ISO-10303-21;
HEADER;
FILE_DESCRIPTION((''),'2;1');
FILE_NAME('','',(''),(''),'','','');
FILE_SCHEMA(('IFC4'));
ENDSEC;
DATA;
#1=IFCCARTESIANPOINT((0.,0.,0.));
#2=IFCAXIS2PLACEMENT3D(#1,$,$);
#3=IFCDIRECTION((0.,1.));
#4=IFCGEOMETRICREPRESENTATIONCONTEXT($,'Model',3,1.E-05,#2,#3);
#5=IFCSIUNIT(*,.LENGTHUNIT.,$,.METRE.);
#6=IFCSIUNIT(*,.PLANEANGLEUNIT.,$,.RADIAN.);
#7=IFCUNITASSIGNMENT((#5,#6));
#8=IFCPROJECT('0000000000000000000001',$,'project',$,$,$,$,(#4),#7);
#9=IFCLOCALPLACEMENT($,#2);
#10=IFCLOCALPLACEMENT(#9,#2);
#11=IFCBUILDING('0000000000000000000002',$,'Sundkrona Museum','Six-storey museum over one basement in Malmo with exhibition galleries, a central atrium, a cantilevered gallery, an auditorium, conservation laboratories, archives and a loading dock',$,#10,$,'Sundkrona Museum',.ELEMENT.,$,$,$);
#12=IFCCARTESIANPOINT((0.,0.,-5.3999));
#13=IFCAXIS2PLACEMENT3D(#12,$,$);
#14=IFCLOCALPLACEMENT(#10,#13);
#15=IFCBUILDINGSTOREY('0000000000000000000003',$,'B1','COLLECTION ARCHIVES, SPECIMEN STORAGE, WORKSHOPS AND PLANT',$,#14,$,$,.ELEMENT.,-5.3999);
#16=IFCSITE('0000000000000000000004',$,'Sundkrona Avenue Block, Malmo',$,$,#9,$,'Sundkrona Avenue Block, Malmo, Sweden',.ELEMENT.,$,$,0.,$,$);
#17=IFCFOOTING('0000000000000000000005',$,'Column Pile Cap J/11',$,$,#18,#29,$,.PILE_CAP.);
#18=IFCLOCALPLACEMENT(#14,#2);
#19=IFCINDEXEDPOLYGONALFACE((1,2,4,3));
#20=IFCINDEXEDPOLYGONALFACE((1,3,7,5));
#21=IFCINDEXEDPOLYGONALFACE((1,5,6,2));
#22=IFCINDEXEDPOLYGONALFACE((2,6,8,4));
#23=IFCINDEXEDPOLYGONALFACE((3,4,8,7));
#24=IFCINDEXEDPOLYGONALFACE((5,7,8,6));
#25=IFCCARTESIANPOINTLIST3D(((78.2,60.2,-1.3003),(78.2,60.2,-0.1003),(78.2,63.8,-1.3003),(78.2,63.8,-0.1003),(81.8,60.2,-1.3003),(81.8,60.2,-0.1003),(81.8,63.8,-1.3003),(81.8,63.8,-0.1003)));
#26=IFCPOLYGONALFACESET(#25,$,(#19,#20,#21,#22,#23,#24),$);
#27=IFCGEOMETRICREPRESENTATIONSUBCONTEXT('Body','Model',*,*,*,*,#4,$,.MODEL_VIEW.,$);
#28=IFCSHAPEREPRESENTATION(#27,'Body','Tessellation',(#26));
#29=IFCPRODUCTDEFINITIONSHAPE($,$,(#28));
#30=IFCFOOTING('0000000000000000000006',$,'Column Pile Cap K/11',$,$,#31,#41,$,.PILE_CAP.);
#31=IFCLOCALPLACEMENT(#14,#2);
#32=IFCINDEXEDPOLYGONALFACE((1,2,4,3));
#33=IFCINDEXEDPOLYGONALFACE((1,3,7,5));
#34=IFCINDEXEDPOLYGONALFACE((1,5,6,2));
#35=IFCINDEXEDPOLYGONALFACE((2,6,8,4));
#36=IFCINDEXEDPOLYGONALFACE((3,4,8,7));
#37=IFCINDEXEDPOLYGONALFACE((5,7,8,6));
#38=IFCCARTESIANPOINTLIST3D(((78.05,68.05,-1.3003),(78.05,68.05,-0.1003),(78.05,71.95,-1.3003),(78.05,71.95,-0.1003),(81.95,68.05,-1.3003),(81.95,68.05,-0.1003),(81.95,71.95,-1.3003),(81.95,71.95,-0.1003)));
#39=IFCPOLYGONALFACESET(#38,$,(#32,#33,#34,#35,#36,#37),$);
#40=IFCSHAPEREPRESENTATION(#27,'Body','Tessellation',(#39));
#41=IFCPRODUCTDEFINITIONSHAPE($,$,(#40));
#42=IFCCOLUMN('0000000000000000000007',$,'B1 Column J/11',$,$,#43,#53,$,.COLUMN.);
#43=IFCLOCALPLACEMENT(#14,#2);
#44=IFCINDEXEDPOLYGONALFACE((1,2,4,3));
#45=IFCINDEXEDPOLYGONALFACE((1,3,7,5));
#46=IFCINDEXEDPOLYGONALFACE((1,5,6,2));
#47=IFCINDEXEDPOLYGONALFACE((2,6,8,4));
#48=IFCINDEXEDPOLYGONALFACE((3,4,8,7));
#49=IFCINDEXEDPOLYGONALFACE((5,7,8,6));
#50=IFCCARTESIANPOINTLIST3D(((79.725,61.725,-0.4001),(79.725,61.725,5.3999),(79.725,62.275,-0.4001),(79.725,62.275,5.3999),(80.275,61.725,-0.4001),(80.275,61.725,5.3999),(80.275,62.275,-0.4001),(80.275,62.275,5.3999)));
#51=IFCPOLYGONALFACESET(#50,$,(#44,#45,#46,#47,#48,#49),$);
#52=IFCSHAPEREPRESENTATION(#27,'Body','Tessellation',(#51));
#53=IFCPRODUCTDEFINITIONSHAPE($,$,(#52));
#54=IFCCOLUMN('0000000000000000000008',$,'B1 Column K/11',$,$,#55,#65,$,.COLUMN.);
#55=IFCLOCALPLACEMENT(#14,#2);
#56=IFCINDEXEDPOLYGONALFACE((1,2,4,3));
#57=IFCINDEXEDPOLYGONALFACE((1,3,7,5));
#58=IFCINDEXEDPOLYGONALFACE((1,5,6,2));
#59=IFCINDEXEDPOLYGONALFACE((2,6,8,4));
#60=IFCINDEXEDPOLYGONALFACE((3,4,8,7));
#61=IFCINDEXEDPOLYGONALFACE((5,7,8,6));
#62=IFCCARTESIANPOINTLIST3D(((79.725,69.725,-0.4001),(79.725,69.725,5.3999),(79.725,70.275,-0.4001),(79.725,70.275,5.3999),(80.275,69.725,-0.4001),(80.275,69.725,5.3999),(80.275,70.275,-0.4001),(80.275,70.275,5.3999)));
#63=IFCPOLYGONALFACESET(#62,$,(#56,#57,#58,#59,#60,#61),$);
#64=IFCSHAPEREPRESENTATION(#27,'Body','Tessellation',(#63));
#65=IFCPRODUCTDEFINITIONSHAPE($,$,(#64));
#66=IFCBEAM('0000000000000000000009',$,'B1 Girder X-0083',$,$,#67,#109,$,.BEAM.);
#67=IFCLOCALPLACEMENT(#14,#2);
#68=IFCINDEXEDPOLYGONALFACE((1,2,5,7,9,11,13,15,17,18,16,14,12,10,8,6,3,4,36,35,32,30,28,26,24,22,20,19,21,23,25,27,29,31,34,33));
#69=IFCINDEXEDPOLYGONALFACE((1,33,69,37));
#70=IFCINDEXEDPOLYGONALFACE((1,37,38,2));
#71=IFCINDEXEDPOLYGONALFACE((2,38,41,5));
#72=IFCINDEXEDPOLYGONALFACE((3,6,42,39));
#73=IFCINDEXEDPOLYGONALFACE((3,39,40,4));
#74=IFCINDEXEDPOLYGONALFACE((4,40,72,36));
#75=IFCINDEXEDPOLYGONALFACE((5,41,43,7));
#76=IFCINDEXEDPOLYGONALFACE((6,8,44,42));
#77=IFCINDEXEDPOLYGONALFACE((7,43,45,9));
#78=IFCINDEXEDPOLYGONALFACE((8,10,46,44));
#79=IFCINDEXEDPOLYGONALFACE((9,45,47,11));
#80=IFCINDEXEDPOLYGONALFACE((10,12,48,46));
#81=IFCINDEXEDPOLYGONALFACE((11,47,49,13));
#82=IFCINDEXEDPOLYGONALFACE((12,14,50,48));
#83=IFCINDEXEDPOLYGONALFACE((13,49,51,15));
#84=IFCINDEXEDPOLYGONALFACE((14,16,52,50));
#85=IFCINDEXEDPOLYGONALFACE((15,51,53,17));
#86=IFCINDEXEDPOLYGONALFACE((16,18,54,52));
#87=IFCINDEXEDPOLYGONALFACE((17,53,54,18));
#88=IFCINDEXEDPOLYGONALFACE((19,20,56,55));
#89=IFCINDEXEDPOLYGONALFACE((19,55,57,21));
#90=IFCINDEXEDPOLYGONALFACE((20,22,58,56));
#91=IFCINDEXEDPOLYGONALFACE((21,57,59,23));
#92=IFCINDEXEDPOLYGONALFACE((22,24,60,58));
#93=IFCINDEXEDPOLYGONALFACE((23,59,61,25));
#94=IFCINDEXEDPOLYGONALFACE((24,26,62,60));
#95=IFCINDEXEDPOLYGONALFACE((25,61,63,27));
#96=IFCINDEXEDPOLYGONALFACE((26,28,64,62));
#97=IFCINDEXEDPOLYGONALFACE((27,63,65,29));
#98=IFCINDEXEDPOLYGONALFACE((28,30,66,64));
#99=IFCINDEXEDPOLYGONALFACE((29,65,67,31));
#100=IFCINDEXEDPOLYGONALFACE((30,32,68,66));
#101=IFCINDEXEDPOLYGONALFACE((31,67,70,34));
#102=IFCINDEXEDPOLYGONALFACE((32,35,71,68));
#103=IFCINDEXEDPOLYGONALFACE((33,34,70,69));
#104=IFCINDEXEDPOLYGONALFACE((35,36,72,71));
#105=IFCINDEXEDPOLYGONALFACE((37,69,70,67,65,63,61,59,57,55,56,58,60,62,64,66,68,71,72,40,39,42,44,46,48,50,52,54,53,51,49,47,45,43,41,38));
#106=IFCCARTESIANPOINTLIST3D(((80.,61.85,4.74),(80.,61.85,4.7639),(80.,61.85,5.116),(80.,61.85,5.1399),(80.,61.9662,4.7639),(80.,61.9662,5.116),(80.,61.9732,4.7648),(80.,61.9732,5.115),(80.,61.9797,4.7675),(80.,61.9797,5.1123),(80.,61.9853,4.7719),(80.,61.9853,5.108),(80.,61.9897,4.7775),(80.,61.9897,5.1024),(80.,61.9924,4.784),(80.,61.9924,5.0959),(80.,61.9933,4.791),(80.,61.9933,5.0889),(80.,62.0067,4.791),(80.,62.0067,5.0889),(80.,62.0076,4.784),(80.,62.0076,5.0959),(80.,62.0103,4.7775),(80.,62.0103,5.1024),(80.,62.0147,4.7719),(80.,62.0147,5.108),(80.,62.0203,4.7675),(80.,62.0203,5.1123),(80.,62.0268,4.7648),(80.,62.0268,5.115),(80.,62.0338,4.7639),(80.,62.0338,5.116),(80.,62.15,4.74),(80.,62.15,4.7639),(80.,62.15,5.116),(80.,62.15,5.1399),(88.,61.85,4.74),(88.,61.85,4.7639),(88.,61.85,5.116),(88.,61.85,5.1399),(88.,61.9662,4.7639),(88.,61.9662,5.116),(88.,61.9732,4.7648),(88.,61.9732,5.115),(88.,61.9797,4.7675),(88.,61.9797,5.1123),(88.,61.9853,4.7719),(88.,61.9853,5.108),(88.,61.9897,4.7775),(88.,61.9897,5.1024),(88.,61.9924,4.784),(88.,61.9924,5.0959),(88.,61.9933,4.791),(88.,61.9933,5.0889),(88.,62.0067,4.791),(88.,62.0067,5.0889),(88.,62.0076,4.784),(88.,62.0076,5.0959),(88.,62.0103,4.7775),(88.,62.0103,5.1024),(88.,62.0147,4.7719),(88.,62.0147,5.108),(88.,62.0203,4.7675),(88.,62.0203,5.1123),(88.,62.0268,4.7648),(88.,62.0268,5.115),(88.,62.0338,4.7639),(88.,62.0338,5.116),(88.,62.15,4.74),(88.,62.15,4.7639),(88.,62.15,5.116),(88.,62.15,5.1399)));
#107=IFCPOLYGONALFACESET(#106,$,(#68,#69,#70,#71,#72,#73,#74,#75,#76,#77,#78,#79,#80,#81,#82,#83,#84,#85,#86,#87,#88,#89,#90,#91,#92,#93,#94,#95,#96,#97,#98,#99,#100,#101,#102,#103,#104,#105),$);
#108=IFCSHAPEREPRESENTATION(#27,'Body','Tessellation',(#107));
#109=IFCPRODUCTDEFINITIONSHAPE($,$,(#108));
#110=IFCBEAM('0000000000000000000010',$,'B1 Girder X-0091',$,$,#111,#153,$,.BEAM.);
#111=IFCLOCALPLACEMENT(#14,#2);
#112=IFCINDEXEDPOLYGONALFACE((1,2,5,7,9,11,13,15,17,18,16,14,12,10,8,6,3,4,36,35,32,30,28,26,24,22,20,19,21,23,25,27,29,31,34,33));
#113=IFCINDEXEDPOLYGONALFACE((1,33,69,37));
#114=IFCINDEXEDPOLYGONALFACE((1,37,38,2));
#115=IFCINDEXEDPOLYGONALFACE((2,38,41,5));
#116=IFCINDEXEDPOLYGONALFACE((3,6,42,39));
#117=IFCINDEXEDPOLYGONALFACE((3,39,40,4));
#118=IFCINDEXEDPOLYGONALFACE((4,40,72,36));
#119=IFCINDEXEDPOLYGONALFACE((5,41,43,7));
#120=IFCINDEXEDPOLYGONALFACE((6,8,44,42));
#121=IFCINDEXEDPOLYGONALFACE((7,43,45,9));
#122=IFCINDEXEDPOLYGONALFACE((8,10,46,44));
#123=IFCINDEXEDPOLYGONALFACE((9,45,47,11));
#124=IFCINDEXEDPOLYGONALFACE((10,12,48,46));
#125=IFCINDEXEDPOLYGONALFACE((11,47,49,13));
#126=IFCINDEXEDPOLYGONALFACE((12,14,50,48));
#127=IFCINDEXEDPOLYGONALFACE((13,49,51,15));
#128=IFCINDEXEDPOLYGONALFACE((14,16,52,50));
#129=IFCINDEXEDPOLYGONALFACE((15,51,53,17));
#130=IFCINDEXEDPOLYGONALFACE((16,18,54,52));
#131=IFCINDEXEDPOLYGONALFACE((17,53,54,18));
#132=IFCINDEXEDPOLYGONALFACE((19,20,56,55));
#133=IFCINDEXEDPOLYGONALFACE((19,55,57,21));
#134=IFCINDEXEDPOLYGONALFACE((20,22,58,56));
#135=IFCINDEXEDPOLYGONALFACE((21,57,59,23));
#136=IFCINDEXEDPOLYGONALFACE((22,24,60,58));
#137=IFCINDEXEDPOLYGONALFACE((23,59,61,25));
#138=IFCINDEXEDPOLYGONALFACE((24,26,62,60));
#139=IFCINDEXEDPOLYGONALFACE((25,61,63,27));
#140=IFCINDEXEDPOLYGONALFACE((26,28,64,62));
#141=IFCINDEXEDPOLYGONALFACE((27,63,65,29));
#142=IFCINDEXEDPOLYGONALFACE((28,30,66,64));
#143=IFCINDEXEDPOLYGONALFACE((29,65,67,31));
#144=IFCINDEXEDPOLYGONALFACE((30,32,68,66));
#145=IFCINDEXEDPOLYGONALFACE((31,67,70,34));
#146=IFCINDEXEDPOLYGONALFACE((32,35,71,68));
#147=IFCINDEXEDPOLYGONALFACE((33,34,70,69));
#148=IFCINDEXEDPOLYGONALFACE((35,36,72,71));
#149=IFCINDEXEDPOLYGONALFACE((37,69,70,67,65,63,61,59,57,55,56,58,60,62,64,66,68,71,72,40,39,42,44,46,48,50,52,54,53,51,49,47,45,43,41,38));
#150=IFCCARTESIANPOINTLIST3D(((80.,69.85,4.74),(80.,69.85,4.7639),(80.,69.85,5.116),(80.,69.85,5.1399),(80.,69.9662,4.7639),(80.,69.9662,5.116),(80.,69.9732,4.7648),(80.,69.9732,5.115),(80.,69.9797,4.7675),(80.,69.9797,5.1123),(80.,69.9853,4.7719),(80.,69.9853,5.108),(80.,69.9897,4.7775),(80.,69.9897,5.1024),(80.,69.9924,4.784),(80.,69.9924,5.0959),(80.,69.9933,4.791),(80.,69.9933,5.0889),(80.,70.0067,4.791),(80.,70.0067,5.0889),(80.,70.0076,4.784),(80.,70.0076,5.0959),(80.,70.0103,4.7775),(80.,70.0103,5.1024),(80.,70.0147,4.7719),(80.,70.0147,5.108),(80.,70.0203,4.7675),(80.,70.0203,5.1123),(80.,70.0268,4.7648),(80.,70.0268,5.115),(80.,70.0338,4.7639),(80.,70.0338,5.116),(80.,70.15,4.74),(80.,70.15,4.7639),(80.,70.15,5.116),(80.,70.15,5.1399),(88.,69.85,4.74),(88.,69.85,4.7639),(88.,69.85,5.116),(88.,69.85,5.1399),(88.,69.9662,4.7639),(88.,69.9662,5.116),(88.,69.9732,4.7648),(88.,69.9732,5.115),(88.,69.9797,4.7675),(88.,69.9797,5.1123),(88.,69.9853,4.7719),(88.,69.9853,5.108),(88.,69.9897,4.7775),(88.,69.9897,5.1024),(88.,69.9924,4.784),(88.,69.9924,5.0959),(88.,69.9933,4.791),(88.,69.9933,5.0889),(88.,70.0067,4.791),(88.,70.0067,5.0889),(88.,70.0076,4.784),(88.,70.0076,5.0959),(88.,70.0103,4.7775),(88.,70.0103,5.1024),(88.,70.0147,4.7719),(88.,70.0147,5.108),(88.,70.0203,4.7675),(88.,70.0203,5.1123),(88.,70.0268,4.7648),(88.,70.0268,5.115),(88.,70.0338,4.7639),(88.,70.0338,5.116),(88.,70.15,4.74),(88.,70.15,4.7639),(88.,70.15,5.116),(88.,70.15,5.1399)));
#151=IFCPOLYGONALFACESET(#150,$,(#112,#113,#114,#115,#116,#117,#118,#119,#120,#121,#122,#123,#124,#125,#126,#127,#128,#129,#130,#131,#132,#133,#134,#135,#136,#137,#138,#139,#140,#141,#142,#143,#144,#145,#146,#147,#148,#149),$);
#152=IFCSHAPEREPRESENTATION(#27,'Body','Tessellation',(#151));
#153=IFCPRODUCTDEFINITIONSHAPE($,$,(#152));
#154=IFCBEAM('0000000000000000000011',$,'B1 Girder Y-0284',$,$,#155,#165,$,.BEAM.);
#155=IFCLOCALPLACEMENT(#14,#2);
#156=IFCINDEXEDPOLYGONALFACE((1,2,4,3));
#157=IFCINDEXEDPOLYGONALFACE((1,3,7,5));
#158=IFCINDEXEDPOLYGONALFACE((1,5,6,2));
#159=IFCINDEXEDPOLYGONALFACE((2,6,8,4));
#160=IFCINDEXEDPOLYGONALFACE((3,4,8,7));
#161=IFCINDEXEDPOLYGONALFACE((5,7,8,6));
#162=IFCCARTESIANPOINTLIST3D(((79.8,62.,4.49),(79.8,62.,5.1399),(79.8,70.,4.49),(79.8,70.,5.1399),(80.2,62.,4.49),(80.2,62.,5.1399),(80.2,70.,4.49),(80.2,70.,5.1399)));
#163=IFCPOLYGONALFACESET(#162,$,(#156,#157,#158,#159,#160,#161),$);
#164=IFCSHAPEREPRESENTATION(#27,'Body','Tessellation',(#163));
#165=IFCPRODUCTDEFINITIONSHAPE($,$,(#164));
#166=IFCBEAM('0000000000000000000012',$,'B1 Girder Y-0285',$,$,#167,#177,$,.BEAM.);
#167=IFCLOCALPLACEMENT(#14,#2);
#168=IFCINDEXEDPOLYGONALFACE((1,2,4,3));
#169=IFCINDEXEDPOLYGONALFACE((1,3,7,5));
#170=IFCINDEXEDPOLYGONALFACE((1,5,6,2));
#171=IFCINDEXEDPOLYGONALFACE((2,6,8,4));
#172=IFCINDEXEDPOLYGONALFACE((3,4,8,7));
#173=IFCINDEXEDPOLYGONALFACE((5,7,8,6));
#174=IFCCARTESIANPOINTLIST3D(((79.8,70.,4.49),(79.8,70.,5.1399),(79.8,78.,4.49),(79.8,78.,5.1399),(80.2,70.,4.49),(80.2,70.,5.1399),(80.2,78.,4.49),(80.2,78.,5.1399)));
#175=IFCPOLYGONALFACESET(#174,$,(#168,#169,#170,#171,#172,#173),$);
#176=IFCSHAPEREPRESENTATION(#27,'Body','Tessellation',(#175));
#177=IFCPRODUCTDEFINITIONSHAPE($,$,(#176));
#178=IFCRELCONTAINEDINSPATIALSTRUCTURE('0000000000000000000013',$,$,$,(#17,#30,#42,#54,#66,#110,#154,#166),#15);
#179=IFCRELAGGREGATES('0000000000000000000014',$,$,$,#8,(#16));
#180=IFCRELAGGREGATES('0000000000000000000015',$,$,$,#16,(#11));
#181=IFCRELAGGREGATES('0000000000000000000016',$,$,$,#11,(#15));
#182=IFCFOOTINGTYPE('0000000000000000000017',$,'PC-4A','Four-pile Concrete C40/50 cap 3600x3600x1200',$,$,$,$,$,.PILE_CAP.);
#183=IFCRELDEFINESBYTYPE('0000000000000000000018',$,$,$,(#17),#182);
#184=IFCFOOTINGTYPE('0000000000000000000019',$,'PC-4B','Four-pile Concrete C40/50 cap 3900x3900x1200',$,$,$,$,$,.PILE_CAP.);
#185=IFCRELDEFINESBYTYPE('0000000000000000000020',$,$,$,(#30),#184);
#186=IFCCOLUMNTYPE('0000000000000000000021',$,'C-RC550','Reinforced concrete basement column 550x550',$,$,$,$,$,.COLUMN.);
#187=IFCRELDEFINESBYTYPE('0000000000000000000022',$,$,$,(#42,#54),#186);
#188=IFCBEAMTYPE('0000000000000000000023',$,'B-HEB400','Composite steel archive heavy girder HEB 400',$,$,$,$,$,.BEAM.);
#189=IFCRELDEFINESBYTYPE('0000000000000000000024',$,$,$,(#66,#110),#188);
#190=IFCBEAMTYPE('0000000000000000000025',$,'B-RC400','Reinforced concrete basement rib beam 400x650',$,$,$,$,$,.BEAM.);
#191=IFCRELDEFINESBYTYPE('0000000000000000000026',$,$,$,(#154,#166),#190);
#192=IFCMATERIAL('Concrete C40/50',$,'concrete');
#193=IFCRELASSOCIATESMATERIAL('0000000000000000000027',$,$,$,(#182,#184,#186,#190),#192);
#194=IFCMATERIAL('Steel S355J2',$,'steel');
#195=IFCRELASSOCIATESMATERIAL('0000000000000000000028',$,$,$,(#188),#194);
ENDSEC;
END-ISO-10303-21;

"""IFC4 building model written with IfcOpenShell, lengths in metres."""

from ifc_helpers import new_model, si_unit, direction, frame, origin, origin_2d, place, context, subcontext, project, spatial, rectangle, i_section, extrude, material, material_profile, profile_set, type_object, element, save


model = new_model("IFC4")

# Units and contexts
model_context = context("Model", 3, precision=1e-05, world=origin(), true_north=direction((0.0, 1.0)))
body_context = subcontext(model_context, "Body", "Model", "MODEL_VIEW")
ifc_project = project(units=[si_unit("LENGTHUNIT", "METRE"), si_unit("PLANEANGLEUNIT", "RADIAN")], contexts=[model_context])

# Site, building, storey
site_placement = place(None, origin())
site = spatial("IfcSite", under=ifc_project, at=site_placement, Name="Sundkrona Avenue Block, Malmo", LongName="Sundkrona Avenue Block, Malmo, Sweden", CompositionType="ELEMENT", RefElevation=0.0)
building_placement = place(site_placement, origin())
building = spatial("IfcBuilding", under=site, at=building_placement, Name="Sundkrona Museum", Description="Six-storey museum over one basement in Malmo with exhibition galleries, a central atrium, a cantilevered gallery, an auditorium, conservation laboratories, archives and a loading dock", LongName="Sundkrona Museum", CompositionType="ELEMENT")
storey_placement = place(building_placement, frame((0.0, 0.0, -5.3999)))
storey = spatial("IfcBuildingStorey", under=building, at=storey_placement, Name="B1", Description="COLLECTION ARCHIVES, SPECIMEN STORAGE, WORKSHOPS AND PLANT", CompositionType="ELEMENT", Elevation=-5.3999)

# Shared definitions
ifc_material_1 = material(Name="Concrete C40/50", Category="concrete")

# Footings
footing_type_1 = type_object("IfcFootingType", Name="PC-4A", Description="Four-pile Concrete C40/50 cap 3600x3600x1200", PredefinedType="PILE_CAP", material=ifc_material_1)
footing_1_placement = place(storey_placement, frame((80.0, 62.0, -1.3003), z_axis=(0.0, 0.0, 1.0), x_axis=(1.0, 0.0, 0.0)))
element("IfcFooting", 1, at=footing_1_placement, inside=storey, type_object=footing_type_1, Name="Column Pile Cap J/11", PredefinedType="PILE_CAP", context=body_context, shape_type="SweptSolid", body=[
    extrude(rectangle(XDim=3.6001, YDim=3.6001, at=origin_2d()), origin(), (0.0, 0.0, 1.0), 1.2),
])
footing_type_2 = type_object("IfcFootingType", Name="PC-4B", Description="Four-pile Concrete C40/50 cap 3900x3900x1200", PredefinedType="PILE_CAP", material=ifc_material_1)
footing_2_placement = place(storey_placement, frame((80.0, 70.0, -1.3003), z_axis=(0.0, 0.0, 1.0), x_axis=(1.0, 0.0, 0.0)))
element("IfcFooting", 2, at=footing_2_placement, inside=storey, type_object=footing_type_2, Name="Column Pile Cap K/11", PredefinedType="PILE_CAP", context=body_context, shape_type="SweptSolid", body=[
    extrude(rectangle(XDim=3.8999, YDim=3.8999, at=origin_2d()), origin(), (0.0, 0.0, 1.0), 1.2),
])

# Columns
ifc_material_profile_1 = material_profile(ifc_material_1, rectangle(XDim=0.55, YDim=0.55, at=origin_2d()), Name="RC 550x550")
ifc_profile_set_1 = profile_set([ifc_material_profile_1], Name="Concrete C40/50")
column_type = type_object("IfcColumnType", Name="C-RC550", Description="Reinforced concrete basement column 550x550", PredefinedType="COLUMN", material=ifc_profile_set_1)
for number, where, z_axis, x_axis, name in (
    (3, (80.0, 62.0, -0.4001), (0.0, 0.0, 1.0), (1.0, 0.0, 0.0), "B1 Column J/11"),
    (4, (80.0, 70.0, -0.4001), (0.0, 0.0, 1.0), (1.0, 0.0, 0.0), "B1 Column K/11"),
):
    element("IfcColumn", number, at=place(storey_placement, frame(where, z_axis=z_axis, x_axis=x_axis)), inside=storey, type_object=column_type, Name=name, PredefinedType="COLUMN", context=body_context, shape_type="SweptSolid", body=[
        extrude(rectangle(XDim=0.55, YDim=0.55, at=origin_2d()), origin(), (0.0, 0.0, 1.0), 5.8),
    ])

# Beams
ifc_material_2 = material(Name="Steel S355J2", Category="steel")
ifc_material_profile_2 = material_profile(ifc_material_2, i_section(OverallWidth=0.3, OverallDepth=0.3999, WebThickness=0.0134, FlangeThickness=0.0239, FilletRadius=0.0271, at=origin_2d()), Name="HEB 400")
ifc_profile_set_2 = profile_set([ifc_material_profile_2], Name="Steel S355J2")
beam_type_1 = type_object("IfcBeamType", Name="B-HEB400", Description="Composite steel archive heavy girder HEB 400", PredefinedType="BEAM", material=ifc_profile_set_2)
for number, where, z_axis, x_axis, name in (
    (5, (80.0, 62.0, 4.9399), (1.0, 0.0, 0.0), (0.0, 1.0, 0.0), "B1 Girder X-0083"),
    (6, (80.0, 70.0, 4.9399), (1.0, 0.0, 0.0), (0.0, 1.0, 0.0), "B1 Girder X-0091"),
):
    element("IfcBeam", number, at=place(storey_placement, frame(where, z_axis=z_axis, x_axis=x_axis)), inside=storey, type_object=beam_type_1, Name=name, PredefinedType="BEAM", context=body_context, shape_type="SweptSolid", body=[
        extrude(i_section(OverallWidth=0.3, OverallDepth=0.3999, WebThickness=0.0134, FlangeThickness=0.0239, FilletRadius=0.0271, at=origin_2d()), origin(), (0.0, 0.0, 1.0), 8.0),
    ])
ifc_material_profile_3 = material_profile(ifc_material_1, rectangle(XDim=0.3999, YDim=0.6499, at=origin_2d()), Name="RCB 400x650")
ifc_profile_set_3 = profile_set([ifc_material_profile_3], Name="Concrete C40/50")
beam_type_2 = type_object("IfcBeamType", Name="B-RC400", Description="Reinforced concrete basement rib beam 400x650", PredefinedType="BEAM", material=ifc_profile_set_3)
for number, where, z_axis, x_axis, name in (
    (7, (80.0, 62.0, 4.8149), (0.0, 1.0, 0.0), (-1.0, 0.0, 0.0), "B1 Girder Y-0284"),
    (8, (80.0, 70.0, 4.8149), (0.0, 1.0, 0.0), (-1.0, 0.0, 0.0), "B1 Girder Y-0285"),
):
    element("IfcBeam", number, at=place(storey_placement, frame(where, z_axis=z_axis, x_axis=x_axis)), inside=storey, type_object=beam_type_2, Name=name, PredefinedType="BEAM", context=body_context, shape_type="SweptSolid", body=[
        extrude(rectangle(XDim=0.3999, YDim=0.6499, at=origin_2d()), origin(), (0.0, 0.0, 1.0), 8.0),
    ])

save(model, "model.ifc")
